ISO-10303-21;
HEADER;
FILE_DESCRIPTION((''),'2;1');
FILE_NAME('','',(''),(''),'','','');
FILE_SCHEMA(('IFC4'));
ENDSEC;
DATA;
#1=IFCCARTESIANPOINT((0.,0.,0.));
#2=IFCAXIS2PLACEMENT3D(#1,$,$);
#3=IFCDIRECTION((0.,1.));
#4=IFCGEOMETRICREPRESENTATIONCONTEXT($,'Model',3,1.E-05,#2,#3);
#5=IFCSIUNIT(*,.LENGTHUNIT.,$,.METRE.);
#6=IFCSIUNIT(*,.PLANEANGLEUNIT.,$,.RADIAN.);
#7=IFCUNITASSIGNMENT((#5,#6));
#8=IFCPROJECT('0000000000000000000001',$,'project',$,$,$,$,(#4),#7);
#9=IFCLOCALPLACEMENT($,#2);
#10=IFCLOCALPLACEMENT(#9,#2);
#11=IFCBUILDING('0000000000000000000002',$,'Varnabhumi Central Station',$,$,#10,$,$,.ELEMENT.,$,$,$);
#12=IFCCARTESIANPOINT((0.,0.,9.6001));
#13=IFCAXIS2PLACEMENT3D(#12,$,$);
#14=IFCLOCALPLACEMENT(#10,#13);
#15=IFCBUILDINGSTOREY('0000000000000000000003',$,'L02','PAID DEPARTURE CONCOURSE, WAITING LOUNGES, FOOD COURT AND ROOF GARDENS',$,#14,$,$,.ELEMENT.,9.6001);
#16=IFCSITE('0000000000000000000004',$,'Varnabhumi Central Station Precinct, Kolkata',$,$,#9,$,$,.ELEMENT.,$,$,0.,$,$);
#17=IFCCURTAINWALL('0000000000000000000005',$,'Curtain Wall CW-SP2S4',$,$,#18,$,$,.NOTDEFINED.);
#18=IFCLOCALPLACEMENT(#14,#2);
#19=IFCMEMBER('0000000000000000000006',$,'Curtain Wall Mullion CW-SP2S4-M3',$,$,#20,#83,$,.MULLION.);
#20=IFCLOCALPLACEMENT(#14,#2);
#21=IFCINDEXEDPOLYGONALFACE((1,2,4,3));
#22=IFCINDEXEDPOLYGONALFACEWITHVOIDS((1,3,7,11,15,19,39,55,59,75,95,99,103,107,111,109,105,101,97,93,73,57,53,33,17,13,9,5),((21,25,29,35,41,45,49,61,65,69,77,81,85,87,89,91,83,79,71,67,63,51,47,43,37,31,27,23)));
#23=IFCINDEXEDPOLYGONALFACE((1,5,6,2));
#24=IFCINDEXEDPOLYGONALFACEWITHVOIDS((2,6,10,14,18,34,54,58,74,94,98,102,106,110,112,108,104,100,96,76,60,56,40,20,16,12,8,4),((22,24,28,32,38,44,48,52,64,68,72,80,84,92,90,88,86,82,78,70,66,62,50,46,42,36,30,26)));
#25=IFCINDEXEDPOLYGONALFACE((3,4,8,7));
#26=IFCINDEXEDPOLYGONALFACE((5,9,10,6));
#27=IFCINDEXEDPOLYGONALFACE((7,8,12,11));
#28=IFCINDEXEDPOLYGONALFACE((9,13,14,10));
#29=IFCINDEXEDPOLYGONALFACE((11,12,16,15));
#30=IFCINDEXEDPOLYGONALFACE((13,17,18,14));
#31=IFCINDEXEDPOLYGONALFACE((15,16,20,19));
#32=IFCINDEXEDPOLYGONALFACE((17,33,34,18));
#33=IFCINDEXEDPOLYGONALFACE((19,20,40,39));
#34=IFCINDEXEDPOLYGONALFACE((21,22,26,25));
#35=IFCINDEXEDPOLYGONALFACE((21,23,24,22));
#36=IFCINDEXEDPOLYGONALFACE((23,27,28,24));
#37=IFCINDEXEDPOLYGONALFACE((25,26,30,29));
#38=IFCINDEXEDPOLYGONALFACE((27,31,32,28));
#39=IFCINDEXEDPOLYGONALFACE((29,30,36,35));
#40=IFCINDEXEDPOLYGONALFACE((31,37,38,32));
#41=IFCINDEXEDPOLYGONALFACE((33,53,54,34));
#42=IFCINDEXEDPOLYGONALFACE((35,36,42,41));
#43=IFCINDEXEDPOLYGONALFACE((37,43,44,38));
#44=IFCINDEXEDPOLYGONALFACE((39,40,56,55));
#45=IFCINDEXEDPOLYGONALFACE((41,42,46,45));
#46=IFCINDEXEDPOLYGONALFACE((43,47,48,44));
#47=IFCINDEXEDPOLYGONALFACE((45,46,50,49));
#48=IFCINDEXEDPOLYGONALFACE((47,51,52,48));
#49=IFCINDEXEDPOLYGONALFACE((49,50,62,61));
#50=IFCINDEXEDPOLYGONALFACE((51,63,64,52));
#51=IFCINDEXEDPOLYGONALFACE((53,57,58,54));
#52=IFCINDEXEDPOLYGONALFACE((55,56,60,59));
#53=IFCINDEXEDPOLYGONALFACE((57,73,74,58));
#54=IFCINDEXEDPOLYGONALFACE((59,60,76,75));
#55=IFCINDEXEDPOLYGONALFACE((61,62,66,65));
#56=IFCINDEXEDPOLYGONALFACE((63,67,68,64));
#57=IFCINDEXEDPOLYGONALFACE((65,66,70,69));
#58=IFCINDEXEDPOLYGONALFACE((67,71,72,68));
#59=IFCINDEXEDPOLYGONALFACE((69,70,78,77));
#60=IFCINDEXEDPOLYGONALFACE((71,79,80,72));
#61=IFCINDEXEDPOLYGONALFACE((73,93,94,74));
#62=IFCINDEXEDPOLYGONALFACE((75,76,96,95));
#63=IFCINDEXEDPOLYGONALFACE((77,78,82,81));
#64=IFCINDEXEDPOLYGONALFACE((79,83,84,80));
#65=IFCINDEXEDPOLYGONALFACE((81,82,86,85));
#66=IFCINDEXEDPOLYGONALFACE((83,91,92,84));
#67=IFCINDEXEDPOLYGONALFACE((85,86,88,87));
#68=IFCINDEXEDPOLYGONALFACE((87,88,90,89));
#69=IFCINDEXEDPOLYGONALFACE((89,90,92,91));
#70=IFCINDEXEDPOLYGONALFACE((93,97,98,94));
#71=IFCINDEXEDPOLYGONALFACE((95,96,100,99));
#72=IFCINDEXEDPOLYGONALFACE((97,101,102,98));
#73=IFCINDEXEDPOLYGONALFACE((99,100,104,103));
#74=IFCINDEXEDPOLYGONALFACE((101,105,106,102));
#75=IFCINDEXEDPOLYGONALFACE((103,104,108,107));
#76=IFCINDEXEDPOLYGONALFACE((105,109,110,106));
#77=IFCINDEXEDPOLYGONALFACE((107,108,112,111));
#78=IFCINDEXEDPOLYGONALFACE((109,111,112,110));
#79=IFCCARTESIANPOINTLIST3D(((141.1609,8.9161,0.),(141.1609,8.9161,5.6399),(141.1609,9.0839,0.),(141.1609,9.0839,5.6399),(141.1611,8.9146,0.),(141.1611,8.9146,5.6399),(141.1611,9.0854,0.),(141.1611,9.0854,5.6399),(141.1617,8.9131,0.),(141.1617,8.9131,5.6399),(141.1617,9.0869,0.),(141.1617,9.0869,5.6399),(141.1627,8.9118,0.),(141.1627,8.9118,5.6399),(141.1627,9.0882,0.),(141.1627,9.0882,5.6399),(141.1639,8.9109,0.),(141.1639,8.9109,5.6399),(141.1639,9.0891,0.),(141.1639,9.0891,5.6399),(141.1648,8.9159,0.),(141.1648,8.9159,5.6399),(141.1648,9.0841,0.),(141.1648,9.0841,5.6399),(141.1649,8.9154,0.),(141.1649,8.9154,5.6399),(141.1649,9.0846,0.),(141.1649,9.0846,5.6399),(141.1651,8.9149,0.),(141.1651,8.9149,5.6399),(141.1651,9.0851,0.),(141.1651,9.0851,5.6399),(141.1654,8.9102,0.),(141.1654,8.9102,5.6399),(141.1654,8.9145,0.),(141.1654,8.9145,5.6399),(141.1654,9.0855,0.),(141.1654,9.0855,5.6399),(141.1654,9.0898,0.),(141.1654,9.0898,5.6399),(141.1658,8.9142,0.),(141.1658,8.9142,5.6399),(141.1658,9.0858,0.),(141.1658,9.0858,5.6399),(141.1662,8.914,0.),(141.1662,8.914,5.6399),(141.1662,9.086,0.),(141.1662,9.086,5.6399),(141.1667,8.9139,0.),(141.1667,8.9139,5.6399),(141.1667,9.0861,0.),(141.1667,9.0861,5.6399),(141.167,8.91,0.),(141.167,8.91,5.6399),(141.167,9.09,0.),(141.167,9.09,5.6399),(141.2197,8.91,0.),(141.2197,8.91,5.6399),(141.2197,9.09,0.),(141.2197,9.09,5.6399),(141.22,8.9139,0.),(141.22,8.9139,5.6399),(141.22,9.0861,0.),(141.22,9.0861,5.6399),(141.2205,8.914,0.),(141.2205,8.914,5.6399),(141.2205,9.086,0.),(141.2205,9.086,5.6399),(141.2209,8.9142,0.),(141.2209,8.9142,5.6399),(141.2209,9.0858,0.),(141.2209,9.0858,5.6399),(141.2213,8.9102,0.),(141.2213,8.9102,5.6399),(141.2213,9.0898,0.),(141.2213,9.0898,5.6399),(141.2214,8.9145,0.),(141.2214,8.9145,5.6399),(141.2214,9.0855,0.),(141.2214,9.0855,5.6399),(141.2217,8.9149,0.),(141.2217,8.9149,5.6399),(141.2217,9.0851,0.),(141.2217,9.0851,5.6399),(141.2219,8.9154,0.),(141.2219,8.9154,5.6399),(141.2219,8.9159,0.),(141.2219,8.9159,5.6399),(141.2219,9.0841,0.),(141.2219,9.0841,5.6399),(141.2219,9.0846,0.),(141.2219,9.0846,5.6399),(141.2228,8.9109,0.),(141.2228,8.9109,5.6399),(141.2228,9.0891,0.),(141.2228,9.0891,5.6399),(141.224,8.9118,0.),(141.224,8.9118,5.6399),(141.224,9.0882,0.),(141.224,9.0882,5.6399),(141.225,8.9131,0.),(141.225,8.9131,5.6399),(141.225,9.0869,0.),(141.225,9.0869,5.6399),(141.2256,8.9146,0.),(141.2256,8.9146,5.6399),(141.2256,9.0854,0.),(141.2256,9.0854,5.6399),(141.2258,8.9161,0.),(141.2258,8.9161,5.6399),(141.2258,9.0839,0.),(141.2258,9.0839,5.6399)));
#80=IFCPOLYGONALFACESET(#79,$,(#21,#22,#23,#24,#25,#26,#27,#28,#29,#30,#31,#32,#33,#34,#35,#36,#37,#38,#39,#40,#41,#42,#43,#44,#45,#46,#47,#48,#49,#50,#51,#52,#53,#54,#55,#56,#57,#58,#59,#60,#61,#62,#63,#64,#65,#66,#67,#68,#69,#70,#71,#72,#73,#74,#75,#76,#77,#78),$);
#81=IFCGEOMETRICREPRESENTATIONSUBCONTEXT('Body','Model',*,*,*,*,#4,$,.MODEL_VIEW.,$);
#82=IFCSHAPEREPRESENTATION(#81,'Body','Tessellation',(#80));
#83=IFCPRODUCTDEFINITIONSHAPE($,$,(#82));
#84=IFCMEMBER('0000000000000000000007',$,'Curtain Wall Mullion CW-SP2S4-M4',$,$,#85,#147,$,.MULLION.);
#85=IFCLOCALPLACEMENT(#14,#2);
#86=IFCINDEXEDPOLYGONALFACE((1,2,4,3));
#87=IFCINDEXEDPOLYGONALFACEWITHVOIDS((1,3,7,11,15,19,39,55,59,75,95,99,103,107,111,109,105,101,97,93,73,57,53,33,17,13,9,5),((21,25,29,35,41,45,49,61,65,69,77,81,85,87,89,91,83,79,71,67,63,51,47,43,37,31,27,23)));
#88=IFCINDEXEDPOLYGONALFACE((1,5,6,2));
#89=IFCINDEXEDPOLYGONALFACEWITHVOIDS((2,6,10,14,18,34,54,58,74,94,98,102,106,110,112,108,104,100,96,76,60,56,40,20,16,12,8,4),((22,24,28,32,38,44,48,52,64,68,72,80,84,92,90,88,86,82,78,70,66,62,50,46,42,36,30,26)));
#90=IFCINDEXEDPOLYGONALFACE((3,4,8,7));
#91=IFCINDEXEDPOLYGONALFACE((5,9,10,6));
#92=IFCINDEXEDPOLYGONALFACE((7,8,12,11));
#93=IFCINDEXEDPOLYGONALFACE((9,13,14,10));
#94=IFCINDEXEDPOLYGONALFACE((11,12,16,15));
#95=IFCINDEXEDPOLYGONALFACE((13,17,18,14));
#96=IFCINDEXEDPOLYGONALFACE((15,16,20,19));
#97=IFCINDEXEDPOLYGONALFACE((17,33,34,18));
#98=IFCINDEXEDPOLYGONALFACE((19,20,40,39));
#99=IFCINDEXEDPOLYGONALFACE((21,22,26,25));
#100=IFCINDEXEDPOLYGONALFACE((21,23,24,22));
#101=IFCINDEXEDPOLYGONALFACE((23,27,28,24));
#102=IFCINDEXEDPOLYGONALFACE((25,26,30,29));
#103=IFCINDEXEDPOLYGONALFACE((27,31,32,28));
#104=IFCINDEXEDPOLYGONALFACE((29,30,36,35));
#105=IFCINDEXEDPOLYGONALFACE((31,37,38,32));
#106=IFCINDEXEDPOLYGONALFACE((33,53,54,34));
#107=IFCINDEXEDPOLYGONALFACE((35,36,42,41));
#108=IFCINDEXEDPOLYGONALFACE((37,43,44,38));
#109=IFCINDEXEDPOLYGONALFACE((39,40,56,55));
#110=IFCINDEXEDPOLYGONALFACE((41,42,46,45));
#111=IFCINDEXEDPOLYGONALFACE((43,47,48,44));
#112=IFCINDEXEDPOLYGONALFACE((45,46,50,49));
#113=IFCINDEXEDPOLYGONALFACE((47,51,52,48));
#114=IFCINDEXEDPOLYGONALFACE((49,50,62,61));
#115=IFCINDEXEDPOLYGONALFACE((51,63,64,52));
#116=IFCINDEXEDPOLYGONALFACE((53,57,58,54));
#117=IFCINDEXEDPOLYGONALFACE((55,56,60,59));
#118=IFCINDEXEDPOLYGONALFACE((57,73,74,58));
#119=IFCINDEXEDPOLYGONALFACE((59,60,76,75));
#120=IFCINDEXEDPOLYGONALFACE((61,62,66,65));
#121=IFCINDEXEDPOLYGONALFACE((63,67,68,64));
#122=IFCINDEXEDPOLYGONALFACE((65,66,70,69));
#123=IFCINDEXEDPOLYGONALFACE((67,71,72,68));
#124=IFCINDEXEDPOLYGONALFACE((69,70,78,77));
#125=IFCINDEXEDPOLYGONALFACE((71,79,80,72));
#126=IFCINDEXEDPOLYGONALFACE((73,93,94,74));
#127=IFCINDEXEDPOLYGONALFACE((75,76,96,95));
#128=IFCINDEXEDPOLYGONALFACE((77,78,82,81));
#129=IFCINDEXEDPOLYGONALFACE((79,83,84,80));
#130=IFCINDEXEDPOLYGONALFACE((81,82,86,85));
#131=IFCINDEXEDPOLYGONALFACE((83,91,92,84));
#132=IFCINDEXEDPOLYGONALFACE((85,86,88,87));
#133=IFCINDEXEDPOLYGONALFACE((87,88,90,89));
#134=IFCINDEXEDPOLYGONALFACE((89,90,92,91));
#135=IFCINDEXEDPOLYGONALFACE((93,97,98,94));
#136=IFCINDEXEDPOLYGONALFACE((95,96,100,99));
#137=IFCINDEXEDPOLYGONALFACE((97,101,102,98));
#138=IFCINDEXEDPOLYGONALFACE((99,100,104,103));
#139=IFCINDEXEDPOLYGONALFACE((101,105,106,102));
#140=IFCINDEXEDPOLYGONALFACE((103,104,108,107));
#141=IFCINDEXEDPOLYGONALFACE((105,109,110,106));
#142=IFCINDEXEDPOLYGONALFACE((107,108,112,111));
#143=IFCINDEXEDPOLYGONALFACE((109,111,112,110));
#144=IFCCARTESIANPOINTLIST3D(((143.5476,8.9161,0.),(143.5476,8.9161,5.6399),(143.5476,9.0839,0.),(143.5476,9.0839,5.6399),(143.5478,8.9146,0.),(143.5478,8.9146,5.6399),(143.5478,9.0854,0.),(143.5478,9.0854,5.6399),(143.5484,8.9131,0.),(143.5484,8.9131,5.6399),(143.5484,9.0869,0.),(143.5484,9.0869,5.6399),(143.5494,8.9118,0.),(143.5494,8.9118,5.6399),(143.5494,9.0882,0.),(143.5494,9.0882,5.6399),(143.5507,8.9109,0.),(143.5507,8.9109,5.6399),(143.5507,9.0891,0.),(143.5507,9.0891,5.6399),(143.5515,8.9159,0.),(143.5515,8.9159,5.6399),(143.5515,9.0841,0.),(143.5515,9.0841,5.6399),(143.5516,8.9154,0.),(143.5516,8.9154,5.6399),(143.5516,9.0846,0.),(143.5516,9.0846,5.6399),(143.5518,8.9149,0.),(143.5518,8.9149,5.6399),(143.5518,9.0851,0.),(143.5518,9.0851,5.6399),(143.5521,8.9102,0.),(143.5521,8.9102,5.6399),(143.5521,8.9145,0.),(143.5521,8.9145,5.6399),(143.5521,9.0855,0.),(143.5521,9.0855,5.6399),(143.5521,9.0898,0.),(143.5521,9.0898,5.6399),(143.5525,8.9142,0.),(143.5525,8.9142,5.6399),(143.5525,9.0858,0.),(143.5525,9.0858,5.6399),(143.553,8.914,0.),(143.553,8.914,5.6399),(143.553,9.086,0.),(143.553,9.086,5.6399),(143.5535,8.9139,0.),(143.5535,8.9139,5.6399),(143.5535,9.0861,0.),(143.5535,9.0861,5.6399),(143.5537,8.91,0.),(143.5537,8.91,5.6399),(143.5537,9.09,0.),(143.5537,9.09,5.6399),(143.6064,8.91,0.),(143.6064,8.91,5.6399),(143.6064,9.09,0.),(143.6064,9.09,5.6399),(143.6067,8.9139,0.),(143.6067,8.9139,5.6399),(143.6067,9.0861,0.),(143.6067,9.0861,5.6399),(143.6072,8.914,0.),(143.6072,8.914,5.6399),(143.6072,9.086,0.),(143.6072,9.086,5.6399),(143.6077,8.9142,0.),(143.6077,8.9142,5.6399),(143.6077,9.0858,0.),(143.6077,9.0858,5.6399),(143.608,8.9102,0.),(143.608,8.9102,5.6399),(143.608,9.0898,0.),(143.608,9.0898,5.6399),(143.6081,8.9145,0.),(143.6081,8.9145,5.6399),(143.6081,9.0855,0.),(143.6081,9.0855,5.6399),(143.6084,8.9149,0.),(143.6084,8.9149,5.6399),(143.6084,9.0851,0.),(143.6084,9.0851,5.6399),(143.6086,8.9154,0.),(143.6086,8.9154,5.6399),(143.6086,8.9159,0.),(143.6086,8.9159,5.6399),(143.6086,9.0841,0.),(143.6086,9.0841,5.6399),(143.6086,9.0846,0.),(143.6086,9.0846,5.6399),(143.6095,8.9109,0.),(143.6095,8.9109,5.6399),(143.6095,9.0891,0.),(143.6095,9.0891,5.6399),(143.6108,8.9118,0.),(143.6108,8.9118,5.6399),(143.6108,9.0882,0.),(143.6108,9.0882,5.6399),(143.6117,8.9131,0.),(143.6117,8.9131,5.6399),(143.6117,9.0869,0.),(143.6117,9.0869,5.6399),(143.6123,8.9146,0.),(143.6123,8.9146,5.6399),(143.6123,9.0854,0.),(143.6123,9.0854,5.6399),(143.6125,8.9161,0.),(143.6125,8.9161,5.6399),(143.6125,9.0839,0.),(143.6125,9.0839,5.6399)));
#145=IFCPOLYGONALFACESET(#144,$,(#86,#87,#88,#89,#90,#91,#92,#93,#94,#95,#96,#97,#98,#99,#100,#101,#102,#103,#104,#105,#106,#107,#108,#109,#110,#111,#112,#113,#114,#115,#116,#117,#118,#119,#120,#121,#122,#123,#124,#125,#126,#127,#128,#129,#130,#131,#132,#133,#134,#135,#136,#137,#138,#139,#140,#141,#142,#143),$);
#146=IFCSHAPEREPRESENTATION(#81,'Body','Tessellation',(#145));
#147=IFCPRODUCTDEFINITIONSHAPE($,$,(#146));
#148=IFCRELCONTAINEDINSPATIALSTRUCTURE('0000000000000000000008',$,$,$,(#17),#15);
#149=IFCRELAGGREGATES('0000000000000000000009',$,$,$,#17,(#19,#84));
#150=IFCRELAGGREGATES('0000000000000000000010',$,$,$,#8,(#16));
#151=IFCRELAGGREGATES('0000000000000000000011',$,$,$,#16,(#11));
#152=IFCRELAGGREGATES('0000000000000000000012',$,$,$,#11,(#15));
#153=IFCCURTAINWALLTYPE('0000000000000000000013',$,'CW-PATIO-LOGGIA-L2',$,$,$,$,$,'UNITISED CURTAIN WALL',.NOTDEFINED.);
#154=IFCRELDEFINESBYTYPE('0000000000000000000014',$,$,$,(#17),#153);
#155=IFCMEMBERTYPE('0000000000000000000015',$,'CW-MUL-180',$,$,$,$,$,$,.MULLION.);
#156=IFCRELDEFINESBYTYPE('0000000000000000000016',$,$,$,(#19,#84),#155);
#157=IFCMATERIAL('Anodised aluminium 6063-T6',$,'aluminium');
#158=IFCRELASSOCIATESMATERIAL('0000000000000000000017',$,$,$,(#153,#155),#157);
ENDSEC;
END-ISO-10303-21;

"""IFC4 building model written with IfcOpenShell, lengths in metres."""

from ifc_helpers import new_model, si_unit, direction, frame, origin, origin_2d, place, context, subcontext, project, spatial, hollow_rectangle, extrude, material, material_profile, profile_set, type_object, element, aggregate, save


model = new_model("IFC4")

# Units and contexts
model_context = context("Model", 3, precision=1e-05, world=origin(), true_north=direction((0.0, 1.0)))
body_context = subcontext(model_context, "Body", "Model", "MODEL_VIEW")
ifc_project = project(units=[si_unit("LENGTHUNIT", "METRE"), si_unit("PLANEANGLEUNIT", "RADIAN")], contexts=[model_context])

# Site, building, storey
site_placement = place(None, origin())
site = spatial("IfcSite", under=ifc_project, at=site_placement, Name="Varnabhumi Central Station Precinct, Kolkata", CompositionType="ELEMENT", RefElevation=0.0)
building_placement = place(site_placement, origin())
building = spatial("IfcBuilding", under=site, at=building_placement, Name="Varnabhumi Central Station", CompositionType="ELEMENT")
storey_placement = place(building_placement, frame((0.0, 0.0, 9.6001)))
storey = spatial("IfcBuildingStorey", under=building, at=storey_placement, Name="L02", Description="PAID DEPARTURE CONCOURSE, WAITING LOUNGES, FOOD COURT AND ROOF GARDENS", CompositionType="ELEMENT", Elevation=9.6001)

# Shared definitions
ifc_material_1 = material(Name="Anodised aluminium 6063-T6", Category="aluminium")
curtain_wall_type = type_object("IfcCurtainWallType", Name="CW-PATIO-LOGGIA-L2", ElementType="UNITISED CURTAIN WALL", PredefinedType="NOTDEFINED", material=ifc_material_1)
ifc_material_profile_1 = material_profile(ifc_material_1, hollow_rectangle(XDim=0.0649, YDim=0.1799, WallThickness=0.0039, InnerFilletRadius=0.002, OuterFilletRadius=0.0061, at=origin_2d()), Name="Anodised aluminium 6063-T6", Category="aluminium")
ifc_profile_set_1 = profile_set([ifc_material_profile_1], Name="Anodised aluminium 6063-T6")
member_type_1 = type_object("IfcMemberType", Name="CW-MUL-180", PredefinedType="MULLION", material=ifc_profile_set_1)

# Curtain wall, members
curtain_wall_1_placement = place(storey_placement, origin())
curtain_wall_1 = element("IfcCurtainWall", 1, at=curtain_wall_1_placement, inside=storey, type_object=curtain_wall_type, Name="Curtain Wall CW-SP2S4", PredefinedType="NOTDEFINED")
member_1_placement = place(storey_placement, frame((141.1934, 9.0, 0.0), z_axis=(0.0, 0.0, 1.0), x_axis=(1.0, 0.0, 0.0)))
member_1 = element("IfcMember", 2, at=member_1_placement, type_object=member_type_1, Name="Curtain Wall Mullion CW-SP2S4-M3", PredefinedType="MULLION", context=body_context, shape_type="SweptSolid", body=[
    extrude(hollow_rectangle(XDim=0.0649, YDim=0.1799, WallThickness=0.0039, InnerFilletRadius=0.002, OuterFilletRadius=0.0061, at=origin_2d()), origin(), (0.0, 0.0, 1.0), 5.6399),
])
member_2_placement = place(storey_placement, frame((143.5801, 9.0, 0.0), z_axis=(0.0, 0.0, 1.0), x_axis=(1.0, 0.0, 0.0)))
member_2 = element("IfcMember", 3, at=member_2_placement, type_object=member_type_1, Name="Curtain Wall Mullion CW-SP2S4-M4", PredefinedType="MULLION", context=body_context, shape_type="SweptSolid", body=[
    extrude(hollow_rectangle(XDim=0.0649, YDim=0.1799, WallThickness=0.0039, InnerFilletRadius=0.002, OuterFilletRadius=0.0061, at=origin_2d()), origin(), (0.0, 0.0, 1.0), 5.6399),
])

aggregate(curtain_wall_1, [member_1, member_2])

save(model, "model.ifc")
